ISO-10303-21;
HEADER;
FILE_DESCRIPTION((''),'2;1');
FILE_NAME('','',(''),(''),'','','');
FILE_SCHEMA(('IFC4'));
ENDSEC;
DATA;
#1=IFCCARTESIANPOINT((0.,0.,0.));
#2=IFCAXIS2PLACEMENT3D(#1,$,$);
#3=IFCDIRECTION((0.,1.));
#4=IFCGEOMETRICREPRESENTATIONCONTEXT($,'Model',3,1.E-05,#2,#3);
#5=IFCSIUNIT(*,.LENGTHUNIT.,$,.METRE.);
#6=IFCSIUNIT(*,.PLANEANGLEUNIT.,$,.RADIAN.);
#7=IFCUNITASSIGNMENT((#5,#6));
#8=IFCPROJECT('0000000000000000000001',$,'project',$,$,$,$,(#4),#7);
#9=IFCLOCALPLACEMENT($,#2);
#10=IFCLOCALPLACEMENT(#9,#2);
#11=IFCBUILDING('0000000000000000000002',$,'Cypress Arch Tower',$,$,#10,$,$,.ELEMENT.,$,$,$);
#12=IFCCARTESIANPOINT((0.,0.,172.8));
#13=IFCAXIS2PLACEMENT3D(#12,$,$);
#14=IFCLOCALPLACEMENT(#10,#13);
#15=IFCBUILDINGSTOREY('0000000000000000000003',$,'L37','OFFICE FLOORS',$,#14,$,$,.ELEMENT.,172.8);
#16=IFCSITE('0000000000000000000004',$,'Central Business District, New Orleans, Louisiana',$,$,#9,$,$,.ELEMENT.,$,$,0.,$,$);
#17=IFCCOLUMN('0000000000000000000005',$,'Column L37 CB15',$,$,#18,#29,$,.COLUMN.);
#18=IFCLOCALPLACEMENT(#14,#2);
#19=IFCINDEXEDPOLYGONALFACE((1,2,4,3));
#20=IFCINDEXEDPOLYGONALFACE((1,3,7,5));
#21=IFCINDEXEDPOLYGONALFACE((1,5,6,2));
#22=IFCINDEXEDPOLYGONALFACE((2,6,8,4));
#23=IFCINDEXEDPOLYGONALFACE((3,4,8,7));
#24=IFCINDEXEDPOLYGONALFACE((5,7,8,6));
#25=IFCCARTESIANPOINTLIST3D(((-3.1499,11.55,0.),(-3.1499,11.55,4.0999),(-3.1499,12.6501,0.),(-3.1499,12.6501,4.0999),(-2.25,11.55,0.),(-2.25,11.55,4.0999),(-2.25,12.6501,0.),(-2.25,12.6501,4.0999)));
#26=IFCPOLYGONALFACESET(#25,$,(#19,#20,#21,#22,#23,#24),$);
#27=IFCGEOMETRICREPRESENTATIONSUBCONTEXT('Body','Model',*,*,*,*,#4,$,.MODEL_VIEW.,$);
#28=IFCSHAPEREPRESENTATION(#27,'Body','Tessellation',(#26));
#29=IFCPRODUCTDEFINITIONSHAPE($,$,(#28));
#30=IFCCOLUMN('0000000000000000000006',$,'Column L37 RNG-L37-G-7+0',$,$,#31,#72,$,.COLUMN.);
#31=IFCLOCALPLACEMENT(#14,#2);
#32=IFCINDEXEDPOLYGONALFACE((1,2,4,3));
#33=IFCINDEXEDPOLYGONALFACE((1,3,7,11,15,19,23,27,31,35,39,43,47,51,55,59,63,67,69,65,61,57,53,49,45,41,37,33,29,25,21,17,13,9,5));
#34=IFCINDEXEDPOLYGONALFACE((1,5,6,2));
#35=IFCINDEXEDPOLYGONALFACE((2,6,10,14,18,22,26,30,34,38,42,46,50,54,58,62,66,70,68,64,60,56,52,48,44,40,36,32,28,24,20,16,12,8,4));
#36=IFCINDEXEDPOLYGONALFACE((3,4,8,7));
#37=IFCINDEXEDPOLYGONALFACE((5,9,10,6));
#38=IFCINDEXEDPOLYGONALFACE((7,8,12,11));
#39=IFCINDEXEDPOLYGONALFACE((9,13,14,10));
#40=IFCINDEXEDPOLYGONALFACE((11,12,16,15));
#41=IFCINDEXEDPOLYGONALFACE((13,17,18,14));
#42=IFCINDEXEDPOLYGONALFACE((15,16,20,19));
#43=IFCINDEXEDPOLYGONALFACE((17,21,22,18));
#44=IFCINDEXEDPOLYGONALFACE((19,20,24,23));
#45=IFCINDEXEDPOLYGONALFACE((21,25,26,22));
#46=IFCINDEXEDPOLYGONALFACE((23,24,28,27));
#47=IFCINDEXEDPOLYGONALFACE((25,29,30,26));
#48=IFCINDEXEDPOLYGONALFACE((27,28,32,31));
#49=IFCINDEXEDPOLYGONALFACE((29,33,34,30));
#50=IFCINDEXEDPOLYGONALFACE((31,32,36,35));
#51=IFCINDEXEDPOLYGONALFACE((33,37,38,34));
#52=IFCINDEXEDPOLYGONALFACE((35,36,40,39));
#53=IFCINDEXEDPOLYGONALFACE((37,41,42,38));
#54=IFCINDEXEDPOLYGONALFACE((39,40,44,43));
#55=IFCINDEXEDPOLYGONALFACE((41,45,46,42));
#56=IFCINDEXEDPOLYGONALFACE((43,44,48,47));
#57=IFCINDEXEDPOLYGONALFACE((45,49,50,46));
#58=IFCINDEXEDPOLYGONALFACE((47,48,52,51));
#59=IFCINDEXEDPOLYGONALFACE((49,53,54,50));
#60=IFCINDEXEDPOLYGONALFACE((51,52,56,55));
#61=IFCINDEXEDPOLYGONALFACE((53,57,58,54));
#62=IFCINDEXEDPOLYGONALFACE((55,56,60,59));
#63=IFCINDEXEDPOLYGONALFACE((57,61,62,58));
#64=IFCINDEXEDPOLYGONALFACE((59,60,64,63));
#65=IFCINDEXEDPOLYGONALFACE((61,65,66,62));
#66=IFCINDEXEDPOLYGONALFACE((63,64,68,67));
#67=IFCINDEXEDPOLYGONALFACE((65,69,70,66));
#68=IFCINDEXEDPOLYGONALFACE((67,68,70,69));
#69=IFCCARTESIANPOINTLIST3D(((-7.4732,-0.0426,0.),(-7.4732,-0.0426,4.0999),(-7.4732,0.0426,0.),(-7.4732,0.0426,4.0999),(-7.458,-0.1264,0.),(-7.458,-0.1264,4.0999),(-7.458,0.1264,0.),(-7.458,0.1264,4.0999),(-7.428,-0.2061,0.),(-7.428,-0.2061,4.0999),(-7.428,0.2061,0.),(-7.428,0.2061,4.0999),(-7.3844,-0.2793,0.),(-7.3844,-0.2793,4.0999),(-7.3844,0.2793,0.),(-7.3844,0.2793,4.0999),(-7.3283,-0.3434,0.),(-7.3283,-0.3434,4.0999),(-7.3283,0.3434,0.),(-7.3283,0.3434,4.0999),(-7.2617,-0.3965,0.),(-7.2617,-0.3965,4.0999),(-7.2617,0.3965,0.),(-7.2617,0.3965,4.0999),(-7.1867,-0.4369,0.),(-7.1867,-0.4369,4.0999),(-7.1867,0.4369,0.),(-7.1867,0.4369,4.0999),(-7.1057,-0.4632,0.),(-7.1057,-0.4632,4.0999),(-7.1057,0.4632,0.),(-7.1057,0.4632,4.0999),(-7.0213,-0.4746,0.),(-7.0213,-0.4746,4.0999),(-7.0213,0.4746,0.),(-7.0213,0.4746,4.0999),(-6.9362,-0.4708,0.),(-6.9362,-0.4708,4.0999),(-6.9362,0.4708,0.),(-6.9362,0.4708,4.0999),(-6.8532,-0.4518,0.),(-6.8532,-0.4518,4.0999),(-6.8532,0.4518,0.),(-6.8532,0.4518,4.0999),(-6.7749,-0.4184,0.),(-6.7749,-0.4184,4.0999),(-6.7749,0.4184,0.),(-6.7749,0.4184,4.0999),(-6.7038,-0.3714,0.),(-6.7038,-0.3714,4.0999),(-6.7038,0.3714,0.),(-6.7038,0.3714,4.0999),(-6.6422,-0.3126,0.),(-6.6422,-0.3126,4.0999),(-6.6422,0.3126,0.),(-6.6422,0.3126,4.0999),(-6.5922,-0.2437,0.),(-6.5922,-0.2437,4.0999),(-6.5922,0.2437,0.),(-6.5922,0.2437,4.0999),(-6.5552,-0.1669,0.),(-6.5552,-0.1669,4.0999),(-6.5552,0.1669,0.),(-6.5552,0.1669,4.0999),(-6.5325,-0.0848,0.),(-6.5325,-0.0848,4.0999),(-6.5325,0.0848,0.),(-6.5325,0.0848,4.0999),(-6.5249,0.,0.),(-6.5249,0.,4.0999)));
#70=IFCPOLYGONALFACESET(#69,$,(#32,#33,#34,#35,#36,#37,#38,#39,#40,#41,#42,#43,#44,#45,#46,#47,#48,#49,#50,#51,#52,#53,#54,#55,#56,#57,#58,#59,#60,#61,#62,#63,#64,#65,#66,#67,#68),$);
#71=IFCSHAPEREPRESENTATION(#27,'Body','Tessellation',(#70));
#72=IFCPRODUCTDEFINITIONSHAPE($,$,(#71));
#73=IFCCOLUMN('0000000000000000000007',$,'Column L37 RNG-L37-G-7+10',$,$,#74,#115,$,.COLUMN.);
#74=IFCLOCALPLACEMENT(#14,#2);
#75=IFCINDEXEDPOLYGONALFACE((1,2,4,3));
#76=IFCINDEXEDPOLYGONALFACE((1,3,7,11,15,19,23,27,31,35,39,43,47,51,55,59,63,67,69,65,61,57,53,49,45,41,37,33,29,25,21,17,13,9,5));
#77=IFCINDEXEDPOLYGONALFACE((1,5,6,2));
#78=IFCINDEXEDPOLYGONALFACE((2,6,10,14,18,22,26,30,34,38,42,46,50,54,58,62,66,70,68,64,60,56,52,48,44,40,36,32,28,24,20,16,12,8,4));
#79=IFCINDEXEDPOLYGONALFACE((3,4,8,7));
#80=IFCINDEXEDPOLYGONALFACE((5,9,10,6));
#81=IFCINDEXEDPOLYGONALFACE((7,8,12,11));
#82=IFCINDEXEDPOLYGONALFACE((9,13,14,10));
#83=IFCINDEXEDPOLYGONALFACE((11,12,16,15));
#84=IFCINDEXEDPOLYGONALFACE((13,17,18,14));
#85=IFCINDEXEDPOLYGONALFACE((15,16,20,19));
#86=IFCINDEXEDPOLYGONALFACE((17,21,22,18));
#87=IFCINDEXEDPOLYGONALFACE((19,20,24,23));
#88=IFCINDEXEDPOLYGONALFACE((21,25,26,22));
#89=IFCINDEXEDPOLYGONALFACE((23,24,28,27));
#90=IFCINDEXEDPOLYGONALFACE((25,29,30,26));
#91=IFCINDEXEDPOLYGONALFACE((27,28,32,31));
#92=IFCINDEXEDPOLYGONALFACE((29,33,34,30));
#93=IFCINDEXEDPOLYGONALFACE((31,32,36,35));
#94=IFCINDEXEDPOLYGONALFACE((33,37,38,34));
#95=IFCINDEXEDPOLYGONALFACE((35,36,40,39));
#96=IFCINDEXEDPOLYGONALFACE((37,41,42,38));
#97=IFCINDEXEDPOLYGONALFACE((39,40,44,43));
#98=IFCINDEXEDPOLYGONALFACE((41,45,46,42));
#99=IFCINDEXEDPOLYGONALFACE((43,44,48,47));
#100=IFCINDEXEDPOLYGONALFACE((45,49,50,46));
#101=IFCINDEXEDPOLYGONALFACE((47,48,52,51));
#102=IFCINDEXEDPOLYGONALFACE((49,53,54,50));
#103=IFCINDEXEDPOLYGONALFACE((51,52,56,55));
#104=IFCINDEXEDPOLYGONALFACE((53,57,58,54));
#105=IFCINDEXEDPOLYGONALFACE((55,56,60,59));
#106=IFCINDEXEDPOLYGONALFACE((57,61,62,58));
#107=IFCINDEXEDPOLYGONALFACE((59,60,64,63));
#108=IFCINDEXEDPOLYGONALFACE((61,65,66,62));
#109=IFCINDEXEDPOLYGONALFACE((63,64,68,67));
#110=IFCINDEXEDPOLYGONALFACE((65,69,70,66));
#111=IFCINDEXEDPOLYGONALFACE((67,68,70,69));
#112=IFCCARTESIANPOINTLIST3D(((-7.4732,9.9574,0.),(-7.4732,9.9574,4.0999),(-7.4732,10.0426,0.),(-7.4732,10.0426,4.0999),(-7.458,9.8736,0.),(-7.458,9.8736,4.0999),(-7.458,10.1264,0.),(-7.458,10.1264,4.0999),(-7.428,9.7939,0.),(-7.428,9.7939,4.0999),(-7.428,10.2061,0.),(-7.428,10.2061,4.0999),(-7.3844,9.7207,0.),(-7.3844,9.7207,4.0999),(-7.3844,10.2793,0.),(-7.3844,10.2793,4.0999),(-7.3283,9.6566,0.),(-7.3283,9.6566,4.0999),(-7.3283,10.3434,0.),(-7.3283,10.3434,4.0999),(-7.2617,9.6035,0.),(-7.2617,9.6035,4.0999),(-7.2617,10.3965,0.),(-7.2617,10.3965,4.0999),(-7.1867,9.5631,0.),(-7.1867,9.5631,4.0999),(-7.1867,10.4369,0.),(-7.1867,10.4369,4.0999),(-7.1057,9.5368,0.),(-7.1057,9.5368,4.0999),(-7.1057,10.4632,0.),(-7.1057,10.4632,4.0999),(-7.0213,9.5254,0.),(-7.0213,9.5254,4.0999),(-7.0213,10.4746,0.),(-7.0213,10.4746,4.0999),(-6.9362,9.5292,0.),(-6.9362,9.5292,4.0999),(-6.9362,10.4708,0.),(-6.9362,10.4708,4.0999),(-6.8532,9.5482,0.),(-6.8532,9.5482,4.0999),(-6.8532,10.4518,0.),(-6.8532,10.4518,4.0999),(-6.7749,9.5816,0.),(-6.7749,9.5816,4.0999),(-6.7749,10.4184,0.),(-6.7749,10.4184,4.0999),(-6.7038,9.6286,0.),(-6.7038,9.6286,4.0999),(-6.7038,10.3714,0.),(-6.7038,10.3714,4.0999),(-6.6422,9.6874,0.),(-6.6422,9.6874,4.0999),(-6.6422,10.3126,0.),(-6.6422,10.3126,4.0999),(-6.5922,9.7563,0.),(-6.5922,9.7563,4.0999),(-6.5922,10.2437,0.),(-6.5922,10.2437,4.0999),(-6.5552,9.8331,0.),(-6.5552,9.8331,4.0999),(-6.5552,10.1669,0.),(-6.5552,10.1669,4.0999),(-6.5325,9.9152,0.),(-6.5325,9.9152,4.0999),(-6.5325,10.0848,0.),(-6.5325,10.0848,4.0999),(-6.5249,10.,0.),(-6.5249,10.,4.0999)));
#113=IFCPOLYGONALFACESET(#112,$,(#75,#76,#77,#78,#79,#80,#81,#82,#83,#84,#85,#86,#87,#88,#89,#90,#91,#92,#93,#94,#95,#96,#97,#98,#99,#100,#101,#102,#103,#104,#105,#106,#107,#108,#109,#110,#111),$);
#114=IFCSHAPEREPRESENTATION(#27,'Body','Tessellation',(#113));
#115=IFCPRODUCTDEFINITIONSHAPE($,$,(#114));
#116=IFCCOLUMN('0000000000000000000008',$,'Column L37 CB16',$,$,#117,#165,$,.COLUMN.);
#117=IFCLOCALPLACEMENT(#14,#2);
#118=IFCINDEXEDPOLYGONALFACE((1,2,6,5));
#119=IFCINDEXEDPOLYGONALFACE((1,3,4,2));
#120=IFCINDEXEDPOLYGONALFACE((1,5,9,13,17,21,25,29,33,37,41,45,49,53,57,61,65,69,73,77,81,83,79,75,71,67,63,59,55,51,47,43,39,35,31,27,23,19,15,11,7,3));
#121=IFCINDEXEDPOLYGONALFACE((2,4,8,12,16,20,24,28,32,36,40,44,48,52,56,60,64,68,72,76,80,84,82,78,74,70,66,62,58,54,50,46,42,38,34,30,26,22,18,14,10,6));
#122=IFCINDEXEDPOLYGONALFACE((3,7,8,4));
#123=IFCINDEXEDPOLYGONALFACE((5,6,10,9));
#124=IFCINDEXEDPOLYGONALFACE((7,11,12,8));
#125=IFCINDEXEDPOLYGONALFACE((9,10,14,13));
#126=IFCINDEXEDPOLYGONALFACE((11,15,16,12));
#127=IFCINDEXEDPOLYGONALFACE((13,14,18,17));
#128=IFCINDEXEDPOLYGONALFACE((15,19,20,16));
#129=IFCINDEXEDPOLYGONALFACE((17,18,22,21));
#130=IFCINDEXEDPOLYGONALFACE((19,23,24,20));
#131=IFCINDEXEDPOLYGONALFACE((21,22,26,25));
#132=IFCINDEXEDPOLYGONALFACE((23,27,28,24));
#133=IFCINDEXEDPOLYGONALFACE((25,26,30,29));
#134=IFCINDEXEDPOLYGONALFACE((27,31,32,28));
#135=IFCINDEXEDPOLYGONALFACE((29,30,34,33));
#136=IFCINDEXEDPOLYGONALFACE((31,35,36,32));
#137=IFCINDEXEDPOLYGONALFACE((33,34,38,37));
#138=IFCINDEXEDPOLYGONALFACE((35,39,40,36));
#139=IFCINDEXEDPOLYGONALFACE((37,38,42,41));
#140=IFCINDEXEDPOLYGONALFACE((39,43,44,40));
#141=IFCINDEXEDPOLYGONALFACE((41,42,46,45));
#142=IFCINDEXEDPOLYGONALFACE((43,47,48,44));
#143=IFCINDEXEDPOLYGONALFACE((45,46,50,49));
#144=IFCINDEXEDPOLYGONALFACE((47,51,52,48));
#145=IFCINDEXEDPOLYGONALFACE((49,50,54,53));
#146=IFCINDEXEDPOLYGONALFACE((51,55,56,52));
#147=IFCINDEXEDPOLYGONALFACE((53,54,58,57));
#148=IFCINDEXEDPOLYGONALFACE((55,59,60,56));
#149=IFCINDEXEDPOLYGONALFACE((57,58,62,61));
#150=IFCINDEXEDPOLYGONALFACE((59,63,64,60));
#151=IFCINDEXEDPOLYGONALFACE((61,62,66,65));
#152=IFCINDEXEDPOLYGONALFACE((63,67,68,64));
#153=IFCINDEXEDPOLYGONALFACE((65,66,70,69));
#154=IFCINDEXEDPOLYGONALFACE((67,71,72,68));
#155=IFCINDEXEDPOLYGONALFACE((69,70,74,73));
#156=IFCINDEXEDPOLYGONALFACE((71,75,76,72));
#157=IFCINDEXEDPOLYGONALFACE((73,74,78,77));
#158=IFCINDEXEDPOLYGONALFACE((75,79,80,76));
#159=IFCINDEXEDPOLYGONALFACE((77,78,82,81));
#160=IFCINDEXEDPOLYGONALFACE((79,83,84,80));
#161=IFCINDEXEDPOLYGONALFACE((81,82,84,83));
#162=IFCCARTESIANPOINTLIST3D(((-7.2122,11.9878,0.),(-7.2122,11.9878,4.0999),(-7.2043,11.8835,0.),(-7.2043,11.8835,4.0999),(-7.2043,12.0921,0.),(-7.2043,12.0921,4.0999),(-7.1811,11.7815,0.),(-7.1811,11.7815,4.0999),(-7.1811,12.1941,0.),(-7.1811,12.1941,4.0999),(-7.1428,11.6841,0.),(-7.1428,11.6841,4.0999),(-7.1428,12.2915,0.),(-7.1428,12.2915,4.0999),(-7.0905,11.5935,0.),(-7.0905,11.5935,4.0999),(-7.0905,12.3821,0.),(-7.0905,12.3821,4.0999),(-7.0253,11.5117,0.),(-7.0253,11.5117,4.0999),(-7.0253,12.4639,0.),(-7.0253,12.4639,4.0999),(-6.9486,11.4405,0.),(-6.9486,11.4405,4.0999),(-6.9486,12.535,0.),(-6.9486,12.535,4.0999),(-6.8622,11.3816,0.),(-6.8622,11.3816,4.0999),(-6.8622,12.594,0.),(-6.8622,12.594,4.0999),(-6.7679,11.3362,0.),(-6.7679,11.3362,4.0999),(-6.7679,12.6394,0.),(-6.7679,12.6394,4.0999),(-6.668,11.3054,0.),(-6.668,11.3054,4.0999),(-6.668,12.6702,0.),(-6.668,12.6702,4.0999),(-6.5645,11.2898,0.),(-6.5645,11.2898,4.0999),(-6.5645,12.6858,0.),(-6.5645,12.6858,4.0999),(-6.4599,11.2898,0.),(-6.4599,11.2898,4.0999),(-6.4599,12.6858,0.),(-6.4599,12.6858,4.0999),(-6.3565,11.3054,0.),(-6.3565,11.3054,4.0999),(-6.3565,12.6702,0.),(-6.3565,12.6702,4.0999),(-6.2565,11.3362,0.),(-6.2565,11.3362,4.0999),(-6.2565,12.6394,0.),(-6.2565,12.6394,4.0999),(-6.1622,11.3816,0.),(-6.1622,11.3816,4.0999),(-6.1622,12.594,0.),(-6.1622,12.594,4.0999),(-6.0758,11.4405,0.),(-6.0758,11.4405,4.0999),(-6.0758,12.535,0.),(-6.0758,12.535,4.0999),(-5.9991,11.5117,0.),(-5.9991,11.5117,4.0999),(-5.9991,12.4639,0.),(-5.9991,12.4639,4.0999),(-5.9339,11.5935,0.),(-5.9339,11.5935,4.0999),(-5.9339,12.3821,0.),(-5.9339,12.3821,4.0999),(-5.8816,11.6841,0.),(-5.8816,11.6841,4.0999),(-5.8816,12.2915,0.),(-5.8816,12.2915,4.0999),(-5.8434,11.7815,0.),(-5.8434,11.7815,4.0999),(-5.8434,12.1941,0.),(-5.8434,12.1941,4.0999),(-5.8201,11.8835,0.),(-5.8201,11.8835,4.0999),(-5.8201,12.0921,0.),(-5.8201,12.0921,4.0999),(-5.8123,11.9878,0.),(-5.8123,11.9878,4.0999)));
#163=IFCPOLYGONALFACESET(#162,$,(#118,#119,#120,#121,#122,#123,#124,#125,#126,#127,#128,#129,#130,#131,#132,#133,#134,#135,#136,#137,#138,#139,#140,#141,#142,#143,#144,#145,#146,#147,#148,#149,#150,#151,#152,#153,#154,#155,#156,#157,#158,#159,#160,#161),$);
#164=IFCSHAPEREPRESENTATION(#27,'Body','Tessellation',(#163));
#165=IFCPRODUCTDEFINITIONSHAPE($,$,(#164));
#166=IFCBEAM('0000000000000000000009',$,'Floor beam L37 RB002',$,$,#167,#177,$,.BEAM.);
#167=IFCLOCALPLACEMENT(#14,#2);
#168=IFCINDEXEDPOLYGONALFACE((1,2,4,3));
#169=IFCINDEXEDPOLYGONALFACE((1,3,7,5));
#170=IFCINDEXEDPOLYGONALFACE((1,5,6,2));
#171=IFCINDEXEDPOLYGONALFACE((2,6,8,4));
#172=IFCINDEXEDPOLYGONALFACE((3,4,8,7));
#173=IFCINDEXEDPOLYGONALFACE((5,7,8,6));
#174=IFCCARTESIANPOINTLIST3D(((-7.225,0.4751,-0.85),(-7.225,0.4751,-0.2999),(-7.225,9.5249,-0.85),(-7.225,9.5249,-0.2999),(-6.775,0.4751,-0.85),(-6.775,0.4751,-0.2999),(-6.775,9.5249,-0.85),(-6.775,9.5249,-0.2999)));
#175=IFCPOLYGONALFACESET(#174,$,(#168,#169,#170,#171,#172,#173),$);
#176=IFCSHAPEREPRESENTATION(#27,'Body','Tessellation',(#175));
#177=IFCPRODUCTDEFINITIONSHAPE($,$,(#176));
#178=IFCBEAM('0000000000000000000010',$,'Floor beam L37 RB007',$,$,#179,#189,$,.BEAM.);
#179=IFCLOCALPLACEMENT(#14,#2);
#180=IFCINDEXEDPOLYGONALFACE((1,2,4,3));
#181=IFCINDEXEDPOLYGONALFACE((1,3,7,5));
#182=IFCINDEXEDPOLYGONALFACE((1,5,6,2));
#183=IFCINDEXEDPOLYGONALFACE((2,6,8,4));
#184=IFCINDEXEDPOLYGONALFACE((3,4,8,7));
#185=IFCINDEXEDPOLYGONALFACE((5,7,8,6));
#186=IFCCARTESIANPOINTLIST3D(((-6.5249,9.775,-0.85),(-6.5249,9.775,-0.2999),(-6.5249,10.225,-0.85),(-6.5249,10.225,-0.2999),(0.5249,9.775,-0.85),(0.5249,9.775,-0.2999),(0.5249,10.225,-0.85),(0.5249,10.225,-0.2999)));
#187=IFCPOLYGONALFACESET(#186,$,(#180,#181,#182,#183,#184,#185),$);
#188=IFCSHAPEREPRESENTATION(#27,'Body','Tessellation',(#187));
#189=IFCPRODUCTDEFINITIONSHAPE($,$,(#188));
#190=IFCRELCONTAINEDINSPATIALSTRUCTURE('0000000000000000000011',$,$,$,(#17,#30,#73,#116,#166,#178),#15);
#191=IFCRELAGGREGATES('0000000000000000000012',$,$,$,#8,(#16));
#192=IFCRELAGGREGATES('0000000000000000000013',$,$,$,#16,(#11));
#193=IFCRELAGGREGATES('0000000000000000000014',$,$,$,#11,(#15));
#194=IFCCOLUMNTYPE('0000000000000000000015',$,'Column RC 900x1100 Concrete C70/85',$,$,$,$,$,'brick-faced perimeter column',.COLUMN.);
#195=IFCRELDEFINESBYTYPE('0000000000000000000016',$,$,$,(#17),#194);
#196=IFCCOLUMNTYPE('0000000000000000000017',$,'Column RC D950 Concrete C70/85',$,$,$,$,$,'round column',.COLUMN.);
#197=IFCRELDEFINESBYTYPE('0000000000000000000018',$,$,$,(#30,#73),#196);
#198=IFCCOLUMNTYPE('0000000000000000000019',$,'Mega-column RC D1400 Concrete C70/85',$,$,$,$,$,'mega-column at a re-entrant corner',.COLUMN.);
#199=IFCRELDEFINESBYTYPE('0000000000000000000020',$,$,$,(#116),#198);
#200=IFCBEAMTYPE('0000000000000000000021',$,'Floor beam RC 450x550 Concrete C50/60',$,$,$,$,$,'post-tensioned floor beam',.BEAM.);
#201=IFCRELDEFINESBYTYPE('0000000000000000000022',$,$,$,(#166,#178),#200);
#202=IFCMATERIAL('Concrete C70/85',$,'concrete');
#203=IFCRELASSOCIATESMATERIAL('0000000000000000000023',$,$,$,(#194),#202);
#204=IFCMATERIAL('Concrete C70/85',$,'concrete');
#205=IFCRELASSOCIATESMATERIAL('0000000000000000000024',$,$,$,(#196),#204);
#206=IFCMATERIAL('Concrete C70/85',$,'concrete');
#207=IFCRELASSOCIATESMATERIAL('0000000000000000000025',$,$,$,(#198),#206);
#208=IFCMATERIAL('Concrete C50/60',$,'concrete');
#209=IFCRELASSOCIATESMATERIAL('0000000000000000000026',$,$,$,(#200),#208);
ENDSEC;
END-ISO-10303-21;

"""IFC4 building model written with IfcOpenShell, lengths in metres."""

from ifc_helpers import new_model, si_unit, direction, frame, origin, origin_2d, place, context, subcontext, project, spatial, rectangle, circle, extrude, material, material_profile, profile_set, type_object, element, save


model = new_model("IFC4")

# Units and contexts
model_context = context("Model", 3, precision=1e-05, world=origin(), true_north=direction((0.0, 1.0)))
body_context = subcontext(model_context, "Body", "Model", "MODEL_VIEW")
ifc_project = project(units=[si_unit("LENGTHUNIT", "METRE"), si_unit("PLANEANGLEUNIT", "RADIAN")], contexts=[model_context])

# Site, building, storey
site_placement = place(None, origin())
site = spatial("IfcSite", under=ifc_project, at=site_placement, Name="Central Business District, New Orleans, Louisiana", CompositionType="ELEMENT", RefElevation=0.0)
building_placement = place(site_placement, origin())
building = spatial("IfcBuilding", under=site, at=building_placement, Name="Cypress Arch Tower", CompositionType="ELEMENT")
storey_placement = place(building_placement, frame((0.0, 0.0, 172.8)))
storey = spatial("IfcBuildingStorey", under=building, at=storey_placement, Name="L37", Description="OFFICE FLOORS", CompositionType="ELEMENT", Elevation=172.8)

# Columns
ifc_material_1 = material(Name="Concrete C70/85", Category="concrete")
ifc_material_profile_1 = material_profile(ifc_material_1, rectangle(XDim=0.8999, YDim=1.1001, at=origin_2d()), Name="RC 900x1100")
ifc_profile_set_1 = profile_set([ifc_material_profile_1], Name="Concrete C70/85")
column_type_1 = type_object("IfcColumnType", Name="Column RC 900x1100 Concrete C70/85", ElementType="brick-faced perimeter column", PredefinedType="COLUMN", material=ifc_profile_set_1)
column_1_placement = place(storey_placement, frame((-2.7, 12.1001, 0.0), z_axis=(0.0, 0.0, 1.0), x_axis=(-1.0, 0.0, 0.0)))
element("IfcColumn", 1, at=column_1_placement, inside=storey, type_object=column_type_1, Name="Column L37 CB15", PredefinedType="COLUMN", context=body_context, shape_type="SweptSolid", body=[
    extrude(rectangle(XDim=0.8999, YDim=1.1001, at=origin_2d()), origin(), (0.0, 0.0, 1.0), 4.0999),
])
ifc_material_2 = material(Name="Concrete C70/85", Category="concrete")
ifc_material_profile_2 = material_profile(ifc_material_2, circle(Radius=0.4751, at=origin_2d()), Name="RC D950")
ifc_profile_set_2 = profile_set([ifc_material_profile_2], Name="Concrete C70/85")
column_type_2 = type_object("IfcColumnType", Name="Column RC D950 Concrete C70/85", ElementType="round column", PredefinedType="COLUMN", material=ifc_profile_set_2)
for number, where, z_axis, x_axis, name in (
    (2, (-7.0, 0.0, 0.0), (0.0, 0.0, 1.0), (1.0, 0.0, 0.0), "Column L37 RNG-L37-G-7+0"),
    (3, (-7.0, 10.0, 0.0), (0.0, 0.0, 1.0), (1.0, 0.0, 0.0), "Column L37 RNG-L37-G-7+10"),
):
    element("IfcColumn", number, at=place(storey_placement, frame(where, z_axis=z_axis, x_axis=x_axis)), inside=storey, type_object=column_type_2, Name=name, PredefinedType="COLUMN", context=body_context, shape_type="SweptSolid", body=[
        extrude(circle(Radius=0.4751, at=origin_2d()), origin(), (0.0, 0.0, 1.0), 4.0999),
    ])
ifc_material_3 = material(Name="Concrete C70/85", Category="concrete")
ifc_material_profile_3 = material_profile(ifc_material_3, circle(Radius=0.7, at=origin_2d()), Name="RC D1400")
ifc_profile_set_3 = profile_set([ifc_material_profile_3], Name="Concrete C70/85")
column_type_3 = type_object("IfcColumnType", Name="Mega-column RC D1400 Concrete C70/85", ElementType="mega-column at a re-entrant corner", PredefinedType="COLUMN", material=ifc_profile_set_3)
column_2_placement = place(storey_placement, frame((-6.5122, 11.9878, 0.0), z_axis=(0.0, 0.0, 1.0), x_axis=(1.0, 0.0, 0.0)))
element("IfcColumn", 4, at=column_2_placement, inside=storey, type_object=column_type_3, Name="Column L37 CB16", PredefinedType="COLUMN", context=body_context, shape_type="SweptSolid", body=[
    extrude(circle(Radius=0.7, at=origin_2d()), origin(), (0.0, 0.0, 1.0), 4.0999),
])

# Beams
ifc_material_4 = material(Name="Concrete C50/60", Category="concrete")
ifc_material_profile_4 = material_profile(ifc_material_4, rectangle(XDim=0.45, YDim=0.55, at=origin_2d()), Name="RC 450x550")
ifc_profile_set_4 = profile_set([ifc_material_profile_4], Name="Concrete C50/60")
beam_type_1 = type_object("IfcBeamType", Name="Floor beam RC 450x550 Concrete C50/60", ElementType="post-tensioned floor beam", PredefinedType="BEAM", material=ifc_profile_set_4)
beam_1_placement = place(storey_placement, frame((-7.0, 0.4751, -0.575), z_axis=(0.0, 1.0, 0.0), x_axis=(-1.0, 0.0, 0.0)))
element("IfcBeam", 5, at=beam_1_placement, inside=storey, type_object=beam_type_1, Name="Floor beam L37 RB002", PredefinedType="BEAM", context=body_context, shape_type="SweptSolid", body=[
    extrude(rectangle(XDim=0.45, YDim=0.55, at=origin_2d()), origin(), (0.0, 0.0, 1.0), 9.0498),
])
beam_2_placement = place(storey_placement, frame((-6.5249, 10.0, -0.575), z_axis=(1.0, 0.0, 0.0), x_axis=(0.0, 1.0, 0.0)))
element("IfcBeam", 6, at=beam_2_placement, inside=storey, type_object=beam_type_1, Name="Floor beam L37 RB007", PredefinedType="BEAM", context=body_context, shape_type="SweptSolid", body=[
    extrude(rectangle(XDim=0.45, YDim=0.55, at=origin_2d()), origin(), (0.0, 0.0, 1.0), 7.0498),
])

save(model, "model.ifc")
